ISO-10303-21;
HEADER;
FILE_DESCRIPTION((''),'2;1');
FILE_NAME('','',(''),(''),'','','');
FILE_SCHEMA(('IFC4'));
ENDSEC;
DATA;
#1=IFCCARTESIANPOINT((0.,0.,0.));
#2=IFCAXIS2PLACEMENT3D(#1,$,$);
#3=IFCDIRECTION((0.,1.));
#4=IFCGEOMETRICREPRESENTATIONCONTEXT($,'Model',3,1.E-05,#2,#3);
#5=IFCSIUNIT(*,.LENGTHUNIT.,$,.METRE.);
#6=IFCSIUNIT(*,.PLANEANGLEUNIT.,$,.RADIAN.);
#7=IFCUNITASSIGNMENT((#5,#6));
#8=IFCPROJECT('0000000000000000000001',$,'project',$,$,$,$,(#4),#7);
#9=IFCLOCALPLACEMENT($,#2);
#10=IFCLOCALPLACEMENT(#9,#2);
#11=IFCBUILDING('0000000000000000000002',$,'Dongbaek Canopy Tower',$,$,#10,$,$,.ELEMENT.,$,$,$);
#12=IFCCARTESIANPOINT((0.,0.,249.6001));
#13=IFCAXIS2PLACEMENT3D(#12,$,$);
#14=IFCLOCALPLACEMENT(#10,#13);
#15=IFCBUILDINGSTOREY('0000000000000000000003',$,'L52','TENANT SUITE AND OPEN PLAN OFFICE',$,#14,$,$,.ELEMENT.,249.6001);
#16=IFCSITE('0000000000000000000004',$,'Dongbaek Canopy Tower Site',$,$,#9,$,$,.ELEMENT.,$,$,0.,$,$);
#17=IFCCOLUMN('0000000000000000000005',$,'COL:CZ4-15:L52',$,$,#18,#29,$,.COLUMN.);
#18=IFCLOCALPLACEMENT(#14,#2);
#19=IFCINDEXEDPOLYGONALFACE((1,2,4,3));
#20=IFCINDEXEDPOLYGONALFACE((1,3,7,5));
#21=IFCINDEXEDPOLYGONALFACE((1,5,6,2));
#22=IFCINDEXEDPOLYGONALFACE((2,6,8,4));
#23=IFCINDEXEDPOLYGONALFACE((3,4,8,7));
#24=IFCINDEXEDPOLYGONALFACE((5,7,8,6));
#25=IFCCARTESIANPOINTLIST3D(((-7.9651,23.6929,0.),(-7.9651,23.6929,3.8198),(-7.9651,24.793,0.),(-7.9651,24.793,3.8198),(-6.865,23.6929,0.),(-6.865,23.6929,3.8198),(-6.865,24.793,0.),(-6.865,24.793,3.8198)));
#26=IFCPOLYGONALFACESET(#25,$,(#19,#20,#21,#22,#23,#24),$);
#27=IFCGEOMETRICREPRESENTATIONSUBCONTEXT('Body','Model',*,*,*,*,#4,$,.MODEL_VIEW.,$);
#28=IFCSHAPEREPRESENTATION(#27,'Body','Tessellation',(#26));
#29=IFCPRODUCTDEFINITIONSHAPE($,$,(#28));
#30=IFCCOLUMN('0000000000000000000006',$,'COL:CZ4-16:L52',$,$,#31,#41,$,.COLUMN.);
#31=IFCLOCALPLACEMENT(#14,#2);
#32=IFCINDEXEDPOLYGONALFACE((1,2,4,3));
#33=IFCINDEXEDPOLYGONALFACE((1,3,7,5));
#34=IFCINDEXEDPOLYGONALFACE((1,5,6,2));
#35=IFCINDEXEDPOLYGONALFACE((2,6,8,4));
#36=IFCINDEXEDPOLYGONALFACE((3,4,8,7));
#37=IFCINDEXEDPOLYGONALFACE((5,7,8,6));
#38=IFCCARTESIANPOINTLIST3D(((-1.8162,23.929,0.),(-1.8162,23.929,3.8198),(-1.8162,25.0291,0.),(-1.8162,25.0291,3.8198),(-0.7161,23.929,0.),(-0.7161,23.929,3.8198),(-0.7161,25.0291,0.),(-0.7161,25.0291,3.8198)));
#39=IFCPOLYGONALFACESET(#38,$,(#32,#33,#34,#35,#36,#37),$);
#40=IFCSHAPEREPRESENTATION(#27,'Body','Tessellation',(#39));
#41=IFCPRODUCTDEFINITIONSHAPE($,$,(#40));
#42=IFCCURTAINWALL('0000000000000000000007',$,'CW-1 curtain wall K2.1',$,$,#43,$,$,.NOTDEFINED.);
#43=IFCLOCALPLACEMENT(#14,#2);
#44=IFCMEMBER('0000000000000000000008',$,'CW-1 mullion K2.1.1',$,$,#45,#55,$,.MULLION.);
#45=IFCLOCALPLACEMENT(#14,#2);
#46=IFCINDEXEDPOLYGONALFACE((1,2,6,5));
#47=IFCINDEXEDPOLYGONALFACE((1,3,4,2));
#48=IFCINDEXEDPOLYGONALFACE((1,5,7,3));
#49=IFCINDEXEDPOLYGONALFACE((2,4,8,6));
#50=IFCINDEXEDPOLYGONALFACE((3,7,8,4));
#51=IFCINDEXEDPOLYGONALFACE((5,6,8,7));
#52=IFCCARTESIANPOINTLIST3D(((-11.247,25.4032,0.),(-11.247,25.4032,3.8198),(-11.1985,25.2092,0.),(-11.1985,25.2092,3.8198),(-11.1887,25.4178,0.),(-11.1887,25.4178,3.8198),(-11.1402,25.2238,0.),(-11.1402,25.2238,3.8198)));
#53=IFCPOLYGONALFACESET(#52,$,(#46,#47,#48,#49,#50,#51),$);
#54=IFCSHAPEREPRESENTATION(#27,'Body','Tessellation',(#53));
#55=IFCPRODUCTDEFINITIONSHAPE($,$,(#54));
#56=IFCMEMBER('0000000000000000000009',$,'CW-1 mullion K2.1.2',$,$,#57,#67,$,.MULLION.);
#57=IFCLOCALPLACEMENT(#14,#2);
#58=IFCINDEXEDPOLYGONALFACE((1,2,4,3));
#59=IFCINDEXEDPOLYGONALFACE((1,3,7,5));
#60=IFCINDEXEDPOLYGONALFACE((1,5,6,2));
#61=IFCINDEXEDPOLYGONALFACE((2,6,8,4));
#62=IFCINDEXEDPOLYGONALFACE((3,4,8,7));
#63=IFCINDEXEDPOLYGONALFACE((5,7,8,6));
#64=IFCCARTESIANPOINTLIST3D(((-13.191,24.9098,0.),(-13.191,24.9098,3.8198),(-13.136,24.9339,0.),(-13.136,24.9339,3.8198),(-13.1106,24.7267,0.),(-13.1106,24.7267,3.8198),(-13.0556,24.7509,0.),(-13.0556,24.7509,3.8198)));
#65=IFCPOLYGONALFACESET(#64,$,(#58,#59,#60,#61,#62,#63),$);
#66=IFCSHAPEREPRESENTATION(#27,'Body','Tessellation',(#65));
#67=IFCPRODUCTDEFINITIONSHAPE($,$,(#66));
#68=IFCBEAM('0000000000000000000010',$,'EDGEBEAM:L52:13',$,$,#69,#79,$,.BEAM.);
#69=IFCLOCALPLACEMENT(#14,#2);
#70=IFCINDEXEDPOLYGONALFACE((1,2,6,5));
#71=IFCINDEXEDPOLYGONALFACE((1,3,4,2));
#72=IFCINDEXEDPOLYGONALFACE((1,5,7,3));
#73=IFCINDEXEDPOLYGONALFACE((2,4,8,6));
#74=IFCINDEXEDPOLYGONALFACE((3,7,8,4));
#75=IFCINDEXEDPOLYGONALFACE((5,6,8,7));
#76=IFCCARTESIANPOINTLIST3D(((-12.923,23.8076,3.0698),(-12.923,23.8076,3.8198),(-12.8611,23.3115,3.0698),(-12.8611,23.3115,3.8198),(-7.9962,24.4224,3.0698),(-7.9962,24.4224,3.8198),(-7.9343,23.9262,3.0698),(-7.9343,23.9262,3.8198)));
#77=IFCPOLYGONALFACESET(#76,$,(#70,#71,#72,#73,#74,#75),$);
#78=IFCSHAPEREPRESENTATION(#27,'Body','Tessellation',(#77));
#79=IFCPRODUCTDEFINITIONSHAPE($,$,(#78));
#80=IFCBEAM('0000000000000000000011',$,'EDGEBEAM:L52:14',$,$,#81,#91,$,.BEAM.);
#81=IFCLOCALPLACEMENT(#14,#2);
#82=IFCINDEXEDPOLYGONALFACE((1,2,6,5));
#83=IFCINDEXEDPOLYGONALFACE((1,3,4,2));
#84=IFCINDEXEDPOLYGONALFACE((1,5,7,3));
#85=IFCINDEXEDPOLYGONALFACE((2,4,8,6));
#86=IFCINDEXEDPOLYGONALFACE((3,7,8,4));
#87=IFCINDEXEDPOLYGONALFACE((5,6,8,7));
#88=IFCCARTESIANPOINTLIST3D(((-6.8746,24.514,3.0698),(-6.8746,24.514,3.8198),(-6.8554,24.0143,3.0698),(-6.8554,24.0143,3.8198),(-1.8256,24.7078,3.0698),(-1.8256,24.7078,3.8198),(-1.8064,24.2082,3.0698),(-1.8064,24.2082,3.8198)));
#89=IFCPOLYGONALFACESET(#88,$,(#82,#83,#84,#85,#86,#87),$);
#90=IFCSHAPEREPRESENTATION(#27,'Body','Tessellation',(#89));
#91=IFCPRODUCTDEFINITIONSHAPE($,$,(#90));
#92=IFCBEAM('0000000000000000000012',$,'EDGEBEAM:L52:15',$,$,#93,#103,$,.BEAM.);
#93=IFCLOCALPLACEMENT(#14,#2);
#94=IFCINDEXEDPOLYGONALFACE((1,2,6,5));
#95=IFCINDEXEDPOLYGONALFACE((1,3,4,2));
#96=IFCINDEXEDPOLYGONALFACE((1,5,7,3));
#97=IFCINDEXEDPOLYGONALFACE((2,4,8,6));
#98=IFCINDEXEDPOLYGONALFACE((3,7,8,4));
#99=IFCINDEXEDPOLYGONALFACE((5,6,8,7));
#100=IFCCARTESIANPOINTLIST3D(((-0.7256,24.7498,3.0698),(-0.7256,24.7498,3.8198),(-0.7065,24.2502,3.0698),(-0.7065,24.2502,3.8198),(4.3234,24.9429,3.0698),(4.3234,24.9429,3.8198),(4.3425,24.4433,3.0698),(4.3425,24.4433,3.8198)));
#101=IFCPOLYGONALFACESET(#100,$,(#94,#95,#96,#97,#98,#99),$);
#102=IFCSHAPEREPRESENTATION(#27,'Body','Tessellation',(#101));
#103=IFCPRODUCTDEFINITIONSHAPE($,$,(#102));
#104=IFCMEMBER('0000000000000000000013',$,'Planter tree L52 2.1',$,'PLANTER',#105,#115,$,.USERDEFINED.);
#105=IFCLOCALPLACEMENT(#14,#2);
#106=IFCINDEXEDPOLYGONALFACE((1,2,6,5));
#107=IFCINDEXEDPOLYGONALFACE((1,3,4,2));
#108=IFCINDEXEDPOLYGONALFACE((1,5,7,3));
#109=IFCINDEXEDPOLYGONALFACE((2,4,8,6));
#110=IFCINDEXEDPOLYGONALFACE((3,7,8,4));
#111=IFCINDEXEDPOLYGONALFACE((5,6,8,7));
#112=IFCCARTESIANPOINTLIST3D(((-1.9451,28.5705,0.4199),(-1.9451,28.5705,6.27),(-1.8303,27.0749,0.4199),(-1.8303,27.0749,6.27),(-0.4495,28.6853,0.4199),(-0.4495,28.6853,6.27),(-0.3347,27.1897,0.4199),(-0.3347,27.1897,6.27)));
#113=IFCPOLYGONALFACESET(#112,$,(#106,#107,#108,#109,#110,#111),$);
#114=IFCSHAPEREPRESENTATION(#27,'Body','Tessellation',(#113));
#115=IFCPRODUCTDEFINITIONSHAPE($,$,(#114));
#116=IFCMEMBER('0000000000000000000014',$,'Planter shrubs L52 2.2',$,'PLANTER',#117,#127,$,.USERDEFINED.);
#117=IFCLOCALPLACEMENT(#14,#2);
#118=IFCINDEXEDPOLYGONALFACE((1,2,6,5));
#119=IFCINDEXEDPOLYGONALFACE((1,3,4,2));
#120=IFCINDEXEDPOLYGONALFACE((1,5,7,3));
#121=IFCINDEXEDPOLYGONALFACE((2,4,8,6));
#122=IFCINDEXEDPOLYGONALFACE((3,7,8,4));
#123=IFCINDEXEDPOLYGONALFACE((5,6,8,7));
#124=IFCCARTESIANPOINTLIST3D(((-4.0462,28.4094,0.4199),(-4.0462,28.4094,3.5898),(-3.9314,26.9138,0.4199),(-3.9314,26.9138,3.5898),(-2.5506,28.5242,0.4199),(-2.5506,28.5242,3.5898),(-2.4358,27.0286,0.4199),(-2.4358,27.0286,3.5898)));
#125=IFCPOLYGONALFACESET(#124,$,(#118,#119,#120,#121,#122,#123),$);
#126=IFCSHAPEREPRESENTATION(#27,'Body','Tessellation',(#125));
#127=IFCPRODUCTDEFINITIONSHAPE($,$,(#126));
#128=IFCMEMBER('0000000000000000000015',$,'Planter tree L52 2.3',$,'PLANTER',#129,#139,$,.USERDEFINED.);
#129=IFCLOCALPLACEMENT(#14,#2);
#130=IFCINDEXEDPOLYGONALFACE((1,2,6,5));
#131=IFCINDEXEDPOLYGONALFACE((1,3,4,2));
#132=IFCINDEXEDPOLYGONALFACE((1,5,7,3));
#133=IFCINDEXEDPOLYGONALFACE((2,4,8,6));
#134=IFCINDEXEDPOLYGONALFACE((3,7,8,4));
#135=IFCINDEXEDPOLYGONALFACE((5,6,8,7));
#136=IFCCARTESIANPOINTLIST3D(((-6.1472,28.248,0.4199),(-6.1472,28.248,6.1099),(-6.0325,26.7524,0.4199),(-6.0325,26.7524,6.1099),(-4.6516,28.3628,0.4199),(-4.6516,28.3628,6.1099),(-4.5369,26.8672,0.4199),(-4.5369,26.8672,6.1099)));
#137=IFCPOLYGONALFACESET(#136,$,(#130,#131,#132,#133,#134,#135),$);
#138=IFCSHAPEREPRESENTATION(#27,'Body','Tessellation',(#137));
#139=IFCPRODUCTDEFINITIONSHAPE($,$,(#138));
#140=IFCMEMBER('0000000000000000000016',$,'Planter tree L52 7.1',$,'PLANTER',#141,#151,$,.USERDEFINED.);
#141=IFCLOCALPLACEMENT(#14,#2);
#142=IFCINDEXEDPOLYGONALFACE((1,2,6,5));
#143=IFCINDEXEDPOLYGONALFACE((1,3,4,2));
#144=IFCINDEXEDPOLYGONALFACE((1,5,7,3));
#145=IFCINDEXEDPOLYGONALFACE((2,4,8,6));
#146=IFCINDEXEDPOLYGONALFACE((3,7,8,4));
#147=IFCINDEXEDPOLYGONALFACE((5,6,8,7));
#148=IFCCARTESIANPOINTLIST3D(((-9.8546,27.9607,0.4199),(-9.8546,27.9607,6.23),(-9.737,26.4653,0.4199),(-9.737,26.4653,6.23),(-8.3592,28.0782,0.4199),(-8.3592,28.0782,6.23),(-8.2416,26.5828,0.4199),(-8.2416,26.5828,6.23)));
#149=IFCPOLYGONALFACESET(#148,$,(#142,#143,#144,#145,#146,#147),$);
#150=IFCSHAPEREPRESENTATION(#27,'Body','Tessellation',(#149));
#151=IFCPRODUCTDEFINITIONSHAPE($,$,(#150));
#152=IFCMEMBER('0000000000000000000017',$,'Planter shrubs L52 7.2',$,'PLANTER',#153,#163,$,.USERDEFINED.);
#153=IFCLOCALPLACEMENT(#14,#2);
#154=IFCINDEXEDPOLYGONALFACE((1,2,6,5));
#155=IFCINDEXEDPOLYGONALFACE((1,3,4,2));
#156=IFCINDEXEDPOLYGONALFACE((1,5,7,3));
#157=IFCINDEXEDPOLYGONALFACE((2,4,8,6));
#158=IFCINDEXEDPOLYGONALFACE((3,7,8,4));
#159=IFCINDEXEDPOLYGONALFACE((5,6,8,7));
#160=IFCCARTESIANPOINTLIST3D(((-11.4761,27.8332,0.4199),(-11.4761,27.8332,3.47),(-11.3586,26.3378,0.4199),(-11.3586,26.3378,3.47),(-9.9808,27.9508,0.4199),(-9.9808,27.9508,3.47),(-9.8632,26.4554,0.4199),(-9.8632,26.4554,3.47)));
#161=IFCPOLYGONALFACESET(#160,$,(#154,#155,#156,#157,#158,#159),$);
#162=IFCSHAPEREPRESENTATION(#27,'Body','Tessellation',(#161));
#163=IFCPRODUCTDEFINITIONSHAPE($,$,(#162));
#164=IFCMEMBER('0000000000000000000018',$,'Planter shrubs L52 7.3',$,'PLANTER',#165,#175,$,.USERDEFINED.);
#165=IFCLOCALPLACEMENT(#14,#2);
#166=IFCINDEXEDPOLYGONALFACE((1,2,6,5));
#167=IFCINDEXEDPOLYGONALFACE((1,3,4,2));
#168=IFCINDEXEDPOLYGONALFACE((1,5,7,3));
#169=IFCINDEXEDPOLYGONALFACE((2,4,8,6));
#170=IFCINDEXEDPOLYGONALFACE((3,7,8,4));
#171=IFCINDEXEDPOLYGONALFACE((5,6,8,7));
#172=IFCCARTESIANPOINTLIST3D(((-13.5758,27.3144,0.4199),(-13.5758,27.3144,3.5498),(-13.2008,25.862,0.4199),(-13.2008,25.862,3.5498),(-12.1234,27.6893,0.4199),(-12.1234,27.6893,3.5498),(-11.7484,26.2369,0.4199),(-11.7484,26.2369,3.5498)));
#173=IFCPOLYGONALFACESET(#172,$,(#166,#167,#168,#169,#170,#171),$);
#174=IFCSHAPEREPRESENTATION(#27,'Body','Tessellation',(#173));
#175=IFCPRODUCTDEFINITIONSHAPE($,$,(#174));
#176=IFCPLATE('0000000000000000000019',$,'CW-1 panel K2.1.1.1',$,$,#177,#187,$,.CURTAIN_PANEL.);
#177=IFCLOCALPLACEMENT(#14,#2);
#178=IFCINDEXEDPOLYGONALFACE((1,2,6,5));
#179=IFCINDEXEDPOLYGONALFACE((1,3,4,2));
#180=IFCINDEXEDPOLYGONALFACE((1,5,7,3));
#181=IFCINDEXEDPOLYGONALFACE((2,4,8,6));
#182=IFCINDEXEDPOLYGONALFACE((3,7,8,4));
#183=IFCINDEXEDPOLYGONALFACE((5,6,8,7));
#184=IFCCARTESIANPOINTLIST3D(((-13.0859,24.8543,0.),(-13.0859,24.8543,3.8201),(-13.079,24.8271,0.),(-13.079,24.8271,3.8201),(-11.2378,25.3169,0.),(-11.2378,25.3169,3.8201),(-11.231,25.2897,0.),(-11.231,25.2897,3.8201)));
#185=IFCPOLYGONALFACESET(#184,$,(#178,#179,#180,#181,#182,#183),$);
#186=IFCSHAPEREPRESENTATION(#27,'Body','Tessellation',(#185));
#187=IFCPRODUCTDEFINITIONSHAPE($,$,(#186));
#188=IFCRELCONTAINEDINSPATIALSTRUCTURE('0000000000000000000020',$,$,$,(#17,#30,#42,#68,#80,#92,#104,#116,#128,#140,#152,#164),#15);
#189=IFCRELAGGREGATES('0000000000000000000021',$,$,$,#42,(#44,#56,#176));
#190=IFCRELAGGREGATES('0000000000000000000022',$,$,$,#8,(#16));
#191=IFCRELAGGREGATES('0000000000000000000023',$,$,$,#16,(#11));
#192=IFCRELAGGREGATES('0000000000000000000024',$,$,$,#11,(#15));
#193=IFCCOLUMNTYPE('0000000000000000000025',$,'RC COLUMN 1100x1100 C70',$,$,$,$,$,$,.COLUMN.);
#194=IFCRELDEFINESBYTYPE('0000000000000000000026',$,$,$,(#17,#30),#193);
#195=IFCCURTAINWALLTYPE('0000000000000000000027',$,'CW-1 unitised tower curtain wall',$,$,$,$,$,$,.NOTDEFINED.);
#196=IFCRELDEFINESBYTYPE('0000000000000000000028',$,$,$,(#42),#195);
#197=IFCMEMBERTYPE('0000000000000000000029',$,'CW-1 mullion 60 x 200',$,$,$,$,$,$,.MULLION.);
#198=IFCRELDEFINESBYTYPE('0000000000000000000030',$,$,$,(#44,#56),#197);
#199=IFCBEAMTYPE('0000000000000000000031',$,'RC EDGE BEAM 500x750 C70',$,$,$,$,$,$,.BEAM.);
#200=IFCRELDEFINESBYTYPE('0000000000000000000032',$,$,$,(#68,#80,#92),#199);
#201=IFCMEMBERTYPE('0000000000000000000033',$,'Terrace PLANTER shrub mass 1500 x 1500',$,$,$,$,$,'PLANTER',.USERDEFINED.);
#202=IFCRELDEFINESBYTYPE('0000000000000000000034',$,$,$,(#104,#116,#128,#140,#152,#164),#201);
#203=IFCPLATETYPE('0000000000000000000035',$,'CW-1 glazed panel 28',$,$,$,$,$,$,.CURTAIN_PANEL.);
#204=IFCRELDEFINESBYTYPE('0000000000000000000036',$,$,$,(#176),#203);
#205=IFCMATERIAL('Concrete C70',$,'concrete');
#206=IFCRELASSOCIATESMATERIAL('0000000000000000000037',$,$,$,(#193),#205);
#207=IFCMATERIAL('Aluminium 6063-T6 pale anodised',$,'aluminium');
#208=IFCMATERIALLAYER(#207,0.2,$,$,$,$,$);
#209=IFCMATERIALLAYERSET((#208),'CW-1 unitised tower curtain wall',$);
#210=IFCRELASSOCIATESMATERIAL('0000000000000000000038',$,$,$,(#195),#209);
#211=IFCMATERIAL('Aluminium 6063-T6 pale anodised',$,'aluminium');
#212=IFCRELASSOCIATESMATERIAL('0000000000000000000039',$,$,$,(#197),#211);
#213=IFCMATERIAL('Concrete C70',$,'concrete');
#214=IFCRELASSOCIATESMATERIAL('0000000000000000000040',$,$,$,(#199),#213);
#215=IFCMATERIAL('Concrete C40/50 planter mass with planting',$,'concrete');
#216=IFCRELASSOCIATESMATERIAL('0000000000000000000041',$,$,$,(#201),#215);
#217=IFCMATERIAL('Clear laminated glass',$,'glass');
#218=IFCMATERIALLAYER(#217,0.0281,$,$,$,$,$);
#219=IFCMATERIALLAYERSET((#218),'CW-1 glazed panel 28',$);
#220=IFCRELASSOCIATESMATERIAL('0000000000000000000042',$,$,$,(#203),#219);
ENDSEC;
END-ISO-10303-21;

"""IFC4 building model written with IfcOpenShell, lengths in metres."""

from ifc_helpers import new_model, si_unit, direction, frame, origin, origin_2d, place, context, subcontext, project, spatial, rectangle, extrude, material, layer, layer_set, material_profile, profile_set, type_object, element, aggregate, save


model = new_model("IFC4")

# Units and contexts
model_context = context("Model", 3, precision=1e-05, world=origin(), true_north=direction((0.0, 1.0)))
body_context = subcontext(model_context, "Body", "Model", "MODEL_VIEW")
ifc_project = project(units=[si_unit("LENGTHUNIT", "METRE"), si_unit("PLANEANGLEUNIT", "RADIAN")], contexts=[model_context])

# Site, building, storey
site_placement = place(None, origin())
site = spatial("IfcSite", under=ifc_project, at=site_placement, Name="Dongbaek Canopy Tower Site", CompositionType="ELEMENT", RefElevation=0.0)
building_placement = place(site_placement, origin())
building = spatial("IfcBuilding", under=site, at=building_placement, Name="Dongbaek Canopy Tower", CompositionType="ELEMENT")
storey_placement = place(building_placement, frame((0.0, 0.0, 249.6001)))
storey = spatial("IfcBuildingStorey", under=building, at=storey_placement, Name="L52", Description="TENANT SUITE AND OPEN PLAN OFFICE", CompositionType="ELEMENT", Elevation=249.6001)

# Columns
ifc_material_1 = material(Name="Concrete C70", Category="concrete")
ifc_material_profile_1 = material_profile(ifc_material_1, rectangle(XDim=1.1001, YDim=1.1001, at=origin_2d()), Name="RC COLUMN 1100x1100 C70")
ifc_profile_set_1 = profile_set([ifc_material_profile_1], Name="Concrete C70")
column_type = type_object("IfcColumnType", Name="RC COLUMN 1100x1100 C70", PredefinedType="COLUMN", material=ifc_profile_set_1)
for number, where, z_axis, x_axis, name in (
    (1, (-7.415, 24.2429, 0.0), (0.0, 0.0, 1.0), (1.0, 0.0, 0.0), "COL:CZ4-15:L52"),
    (2, (-1.2661, 24.479, 0.0), (0.0, 0.0, 1.0), (1.0, 0.0, 0.0), "COL:CZ4-16:L52"),
):
    element("IfcColumn", number, at=place(storey_placement, frame(where, z_axis=z_axis, x_axis=x_axis)), inside=storey, type_object=column_type, Name=name, PredefinedType="COLUMN", context=body_context, shape_type="SweptSolid", body=[
        extrude(rectangle(XDim=1.1001, YDim=1.1001, at=origin_2d()), origin(), (0.0, 0.0, 1.0), 3.8198),
    ])

# Curtain wall, members
ifc_material_2 = material(Name="Aluminium 6063-T6 pale anodised", Category="aluminium")
ifc_layer_1 = layer(ifc_material_2, 0.2)
ifc_layer_set_1 = layer_set([ifc_layer_1], Name="CW-1 unitised tower curtain wall")
curtain_wall_type = type_object("IfcCurtainWallType", Name="CW-1 unitised tower curtain wall", PredefinedType="NOTDEFINED", material=ifc_layer_set_1)
curtain_wall_placement = place(storey_placement, origin())
curtain_wall = element("IfcCurtainWall", 3, at=curtain_wall_placement, inside=storey, type_object=curtain_wall_type, Name="CW-1 curtain wall K2.1", PredefinedType="NOTDEFINED")
ifc_material_3 = material(Name="Aluminium 6063-T6 pale anodised", Category="aluminium")
ifc_material_profile_2 = material_profile(ifc_material_3, rectangle(XDim=0.2, YDim=0.0601, at=origin_2d()), Name="CW-1 mullion 60 x 200")
ifc_profile_set_2 = profile_set([ifc_material_profile_2], Name="Aluminium 6063-T6 pale anodised")
member_type_1 = type_object("IfcMemberType", Name="CW-1 mullion 60 x 200", PredefinedType="MULLION", material=ifc_profile_set_2)
member_1_placement = place(storey_placement, frame((-11.1936, 25.3135, 0.0), z_axis=(0.0, 0.0, 1.0), x_axis=(-0.242824, 0.97007, 0.0)))
member_1 = element("IfcMember", 4, at=member_1_placement, type_object=member_type_1, Name="CW-1 mullion K2.1.1", PredefinedType="MULLION", context=body_context, shape_type="SweptSolid", body=[
    extrude(rectangle(XDim=0.2, YDim=0.0601, at=origin_2d()), origin(), (0.0, 0.0, 1.0), 3.8198),
])
member_2_placement = place(storey_placement, frame((-13.1233, 24.8303, 0.0), z_axis=(0.0, 0.0, 1.0), x_axis=(-0.402236, 0.915536, 0.0)))
member_2 = element("IfcMember", 5, at=member_2_placement, type_object=member_type_1, Name="CW-1 mullion K2.1.2", PredefinedType="MULLION", context=body_context, shape_type="SweptSolid", body=[
    extrude(rectangle(XDim=0.2, YDim=0.0601, at=origin_2d()), origin(), (0.0, 0.0, 1.0), 3.8198),
])

# Beams
ifc_material_4 = material(Name="Concrete C70", Category="concrete")
ifc_material_profile_3 = material_profile(ifc_material_4, rectangle(XDim=0.5, YDim=0.75, at=origin_2d()), Name="RC EDGE BEAM 500x750 C70")
ifc_profile_set_3 = profile_set([ifc_material_profile_3], Name="Concrete C70")
beam_type = type_object("IfcBeamType", Name="RC EDGE BEAM 500x750 C70", PredefinedType="BEAM", material=ifc_profile_set_3)
beam_placement = place(storey_placement, frame((-12.8921, 23.5596, 3.4448), z_axis=(0.992306, 0.123811, 0.0), x_axis=(-0.123811, 0.992306, 0.0)))
element("IfcBeam", 6, at=beam_placement, inside=storey, type_object=beam_type, Name="EDGEBEAM:L52:13", PredefinedType="BEAM", context=body_context, shape_type="SweptSolid", body=[
    extrude(rectangle(XDim=0.5, YDim=0.75, at=origin_2d()), origin(), (0.0, 0.0, 1.0), 4.9651),
])
for number, where, z_axis, x_axis, name in (
    (7, (-6.865, 24.2642, 3.4448), (0.999264, 0.038364, 0.0), (-0.038364, 0.999264, 0.0), "EDGEBEAM:L52:14"),
    (8, (-0.7161, 24.5, 3.4448), (0.999269, 0.03822, 0.0), (-0.03822, 0.999269, 0.0), "EDGEBEAM:L52:15"),
):
    element("IfcBeam", number, at=place(storey_placement, frame(where, z_axis=z_axis, x_axis=x_axis)), inside=storey, type_object=beam_type, Name=name, PredefinedType="BEAM", context=body_context, shape_type="SweptSolid", body=[
        extrude(rectangle(XDim=0.5, YDim=0.75, at=origin_2d()), origin(), (0.0, 0.0, 1.0), 5.0527),
    ])

# Members
ifc_material_5 = material(Name="Concrete C40/50 planter mass with planting", Category="concrete")
ifc_material_profile_4 = material_profile(ifc_material_5, rectangle(XDim=1.5, YDim=1.5, at=origin_2d()), Name="Terrace PLANTER shrub mass 1500 x 1500")
ifc_profile_set_4 = profile_set([ifc_material_profile_4], Name="Concrete C40/50 planter mass with planting")
member_type_2 = type_object("IfcMemberType", Name="Terrace PLANTER shrub mass 1500 x 1500", ElementType="PLANTER", PredefinedType="USERDEFINED", material=ifc_profile_set_4)
member_3_placement = place(storey_placement, frame((-1.1399, 27.8801, 0.4199), z_axis=(0.0, 0.0, 1.0), x_axis=(-0.076518, 0.997068, 0.0)))
element("IfcMember", 9, at=member_3_placement, inside=storey, type_object=member_type_2, Name="Planter tree L52 2.1", ObjectType="PLANTER", PredefinedType="USERDEFINED", context=body_context, shape_type="SweptSolid", body=[
    extrude(rectangle(XDim=1.5, YDim=1.5, at=origin_2d()), origin(), (0.0, 0.0, 1.0), 5.8501),
])
member_4_placement = place(storey_placement, frame((-3.241, 27.719, 0.4199), z_axis=(0.0, 0.0, 1.0), x_axis=(-0.076518, 0.997068, 0.0)))
element("IfcMember", 10, at=member_4_placement, inside=storey, type_object=member_type_2, Name="Planter shrubs L52 2.2", ObjectType="PLANTER", PredefinedType="USERDEFINED", context=body_context, shape_type="SweptSolid", body=[
    extrude(rectangle(XDim=1.5, YDim=1.5, at=origin_2d()), origin(), (0.0, 0.0, 1.0), 3.1699),
])
member_5_placement = place(storey_placement, frame((-5.342, 27.5576, 0.4199), z_axis=(0.0, 0.0, 1.0), x_axis=(-0.076518, 0.997068, 0.0)))
element("IfcMember", 11, at=member_5_placement, inside=storey, type_object=member_type_2, Name="Planter tree L52 2.3", ObjectType="PLANTER", PredefinedType="USERDEFINED", context=body_context, shape_type="SweptSolid", body=[
    extrude(rectangle(XDim=1.5, YDim=1.5, at=origin_2d()), origin(), (0.0, 0.0, 1.0), 5.6899),
])
member_6_placement = place(storey_placement, frame((-9.0481, 27.2717, 0.4199), z_axis=(0.0, 0.0, 1.0), x_axis=(-0.078359, 0.996925, 0.0)))
element("IfcMember", 12, at=member_6_placement, inside=storey, type_object=member_type_2, Name="Planter tree L52 7.1", ObjectType="PLANTER", PredefinedType="USERDEFINED", context=body_context, shape_type="SweptSolid", body=[
    extrude(rectangle(XDim=1.5, YDim=1.5, at=origin_2d()), origin(), (0.0, 0.0, 1.0), 5.8101),
])
member_7_placement = place(storey_placement, frame((-10.6697, 27.1443, 0.4199), z_axis=(0.0, 0.0, 1.0), x_axis=(-0.078359, 0.996925, 0.0)))
element("IfcMember", 13, at=member_7_placement, inside=storey, type_object=member_type_2, Name="Planter shrubs L52 7.2", ObjectType="PLANTER", PredefinedType="USERDEFINED", context=body_context, shape_type="SweptSolid", body=[
    extrude(rectangle(XDim=1.5, YDim=1.5, at=origin_2d()), origin(), (0.0, 0.0, 1.0), 3.05),
])
member_8_placement = place(storey_placement, frame((-12.6621, 26.7756, 0.4199), z_axis=(0.0, 0.0, 1.0), x_axis=(-0.249963, 0.968255, 0.0)))
element("IfcMember", 14, at=member_8_placement, inside=storey, type_object=member_type_2, Name="Planter shrubs L52 7.3", ObjectType="PLANTER", PredefinedType="USERDEFINED", context=body_context, shape_type="SweptSolid", body=[
    extrude(rectangle(XDim=1.5, YDim=1.5, at=origin_2d()), origin(), (0.0, 0.0, 1.0), 3.1299),
])

# Plate
ifc_material_6 = material(Name="Clear laminated glass", Category="glass")
ifc_layer_2 = layer(ifc_material_6, 0.0281)
ifc_layer_set_2 = layer_set([ifc_layer_2], Name="CW-1 glazed panel 28")
plate_type = type_object("IfcPlateType", Name="CW-1 glazed panel 28", PredefinedType="CURTAIN_PANEL", material=ifc_layer_set_2)
plate_placement = place(storey_placement, frame((-12.1584, 25.072, 0.0), z_axis=(0.0, 0.0, 1.0), x_axis=(-0.97007, -0.242824, 0.0)))
plate = element("IfcPlate", 15, at=plate_placement, type_object=plate_type, Name="CW-1 panel K2.1.1.1", PredefinedType="CURTAIN_PANEL", context=body_context, shape_type="SweptSolid", body=[
    extrude(rectangle(XDim=1.905, YDim=0.0281, at=origin_2d()), origin(), (0.0, 0.0, 1.0), 3.8201),
])
aggregate(curtain_wall, [member_1, member_2, plate])

save(model, "model.ifc")
